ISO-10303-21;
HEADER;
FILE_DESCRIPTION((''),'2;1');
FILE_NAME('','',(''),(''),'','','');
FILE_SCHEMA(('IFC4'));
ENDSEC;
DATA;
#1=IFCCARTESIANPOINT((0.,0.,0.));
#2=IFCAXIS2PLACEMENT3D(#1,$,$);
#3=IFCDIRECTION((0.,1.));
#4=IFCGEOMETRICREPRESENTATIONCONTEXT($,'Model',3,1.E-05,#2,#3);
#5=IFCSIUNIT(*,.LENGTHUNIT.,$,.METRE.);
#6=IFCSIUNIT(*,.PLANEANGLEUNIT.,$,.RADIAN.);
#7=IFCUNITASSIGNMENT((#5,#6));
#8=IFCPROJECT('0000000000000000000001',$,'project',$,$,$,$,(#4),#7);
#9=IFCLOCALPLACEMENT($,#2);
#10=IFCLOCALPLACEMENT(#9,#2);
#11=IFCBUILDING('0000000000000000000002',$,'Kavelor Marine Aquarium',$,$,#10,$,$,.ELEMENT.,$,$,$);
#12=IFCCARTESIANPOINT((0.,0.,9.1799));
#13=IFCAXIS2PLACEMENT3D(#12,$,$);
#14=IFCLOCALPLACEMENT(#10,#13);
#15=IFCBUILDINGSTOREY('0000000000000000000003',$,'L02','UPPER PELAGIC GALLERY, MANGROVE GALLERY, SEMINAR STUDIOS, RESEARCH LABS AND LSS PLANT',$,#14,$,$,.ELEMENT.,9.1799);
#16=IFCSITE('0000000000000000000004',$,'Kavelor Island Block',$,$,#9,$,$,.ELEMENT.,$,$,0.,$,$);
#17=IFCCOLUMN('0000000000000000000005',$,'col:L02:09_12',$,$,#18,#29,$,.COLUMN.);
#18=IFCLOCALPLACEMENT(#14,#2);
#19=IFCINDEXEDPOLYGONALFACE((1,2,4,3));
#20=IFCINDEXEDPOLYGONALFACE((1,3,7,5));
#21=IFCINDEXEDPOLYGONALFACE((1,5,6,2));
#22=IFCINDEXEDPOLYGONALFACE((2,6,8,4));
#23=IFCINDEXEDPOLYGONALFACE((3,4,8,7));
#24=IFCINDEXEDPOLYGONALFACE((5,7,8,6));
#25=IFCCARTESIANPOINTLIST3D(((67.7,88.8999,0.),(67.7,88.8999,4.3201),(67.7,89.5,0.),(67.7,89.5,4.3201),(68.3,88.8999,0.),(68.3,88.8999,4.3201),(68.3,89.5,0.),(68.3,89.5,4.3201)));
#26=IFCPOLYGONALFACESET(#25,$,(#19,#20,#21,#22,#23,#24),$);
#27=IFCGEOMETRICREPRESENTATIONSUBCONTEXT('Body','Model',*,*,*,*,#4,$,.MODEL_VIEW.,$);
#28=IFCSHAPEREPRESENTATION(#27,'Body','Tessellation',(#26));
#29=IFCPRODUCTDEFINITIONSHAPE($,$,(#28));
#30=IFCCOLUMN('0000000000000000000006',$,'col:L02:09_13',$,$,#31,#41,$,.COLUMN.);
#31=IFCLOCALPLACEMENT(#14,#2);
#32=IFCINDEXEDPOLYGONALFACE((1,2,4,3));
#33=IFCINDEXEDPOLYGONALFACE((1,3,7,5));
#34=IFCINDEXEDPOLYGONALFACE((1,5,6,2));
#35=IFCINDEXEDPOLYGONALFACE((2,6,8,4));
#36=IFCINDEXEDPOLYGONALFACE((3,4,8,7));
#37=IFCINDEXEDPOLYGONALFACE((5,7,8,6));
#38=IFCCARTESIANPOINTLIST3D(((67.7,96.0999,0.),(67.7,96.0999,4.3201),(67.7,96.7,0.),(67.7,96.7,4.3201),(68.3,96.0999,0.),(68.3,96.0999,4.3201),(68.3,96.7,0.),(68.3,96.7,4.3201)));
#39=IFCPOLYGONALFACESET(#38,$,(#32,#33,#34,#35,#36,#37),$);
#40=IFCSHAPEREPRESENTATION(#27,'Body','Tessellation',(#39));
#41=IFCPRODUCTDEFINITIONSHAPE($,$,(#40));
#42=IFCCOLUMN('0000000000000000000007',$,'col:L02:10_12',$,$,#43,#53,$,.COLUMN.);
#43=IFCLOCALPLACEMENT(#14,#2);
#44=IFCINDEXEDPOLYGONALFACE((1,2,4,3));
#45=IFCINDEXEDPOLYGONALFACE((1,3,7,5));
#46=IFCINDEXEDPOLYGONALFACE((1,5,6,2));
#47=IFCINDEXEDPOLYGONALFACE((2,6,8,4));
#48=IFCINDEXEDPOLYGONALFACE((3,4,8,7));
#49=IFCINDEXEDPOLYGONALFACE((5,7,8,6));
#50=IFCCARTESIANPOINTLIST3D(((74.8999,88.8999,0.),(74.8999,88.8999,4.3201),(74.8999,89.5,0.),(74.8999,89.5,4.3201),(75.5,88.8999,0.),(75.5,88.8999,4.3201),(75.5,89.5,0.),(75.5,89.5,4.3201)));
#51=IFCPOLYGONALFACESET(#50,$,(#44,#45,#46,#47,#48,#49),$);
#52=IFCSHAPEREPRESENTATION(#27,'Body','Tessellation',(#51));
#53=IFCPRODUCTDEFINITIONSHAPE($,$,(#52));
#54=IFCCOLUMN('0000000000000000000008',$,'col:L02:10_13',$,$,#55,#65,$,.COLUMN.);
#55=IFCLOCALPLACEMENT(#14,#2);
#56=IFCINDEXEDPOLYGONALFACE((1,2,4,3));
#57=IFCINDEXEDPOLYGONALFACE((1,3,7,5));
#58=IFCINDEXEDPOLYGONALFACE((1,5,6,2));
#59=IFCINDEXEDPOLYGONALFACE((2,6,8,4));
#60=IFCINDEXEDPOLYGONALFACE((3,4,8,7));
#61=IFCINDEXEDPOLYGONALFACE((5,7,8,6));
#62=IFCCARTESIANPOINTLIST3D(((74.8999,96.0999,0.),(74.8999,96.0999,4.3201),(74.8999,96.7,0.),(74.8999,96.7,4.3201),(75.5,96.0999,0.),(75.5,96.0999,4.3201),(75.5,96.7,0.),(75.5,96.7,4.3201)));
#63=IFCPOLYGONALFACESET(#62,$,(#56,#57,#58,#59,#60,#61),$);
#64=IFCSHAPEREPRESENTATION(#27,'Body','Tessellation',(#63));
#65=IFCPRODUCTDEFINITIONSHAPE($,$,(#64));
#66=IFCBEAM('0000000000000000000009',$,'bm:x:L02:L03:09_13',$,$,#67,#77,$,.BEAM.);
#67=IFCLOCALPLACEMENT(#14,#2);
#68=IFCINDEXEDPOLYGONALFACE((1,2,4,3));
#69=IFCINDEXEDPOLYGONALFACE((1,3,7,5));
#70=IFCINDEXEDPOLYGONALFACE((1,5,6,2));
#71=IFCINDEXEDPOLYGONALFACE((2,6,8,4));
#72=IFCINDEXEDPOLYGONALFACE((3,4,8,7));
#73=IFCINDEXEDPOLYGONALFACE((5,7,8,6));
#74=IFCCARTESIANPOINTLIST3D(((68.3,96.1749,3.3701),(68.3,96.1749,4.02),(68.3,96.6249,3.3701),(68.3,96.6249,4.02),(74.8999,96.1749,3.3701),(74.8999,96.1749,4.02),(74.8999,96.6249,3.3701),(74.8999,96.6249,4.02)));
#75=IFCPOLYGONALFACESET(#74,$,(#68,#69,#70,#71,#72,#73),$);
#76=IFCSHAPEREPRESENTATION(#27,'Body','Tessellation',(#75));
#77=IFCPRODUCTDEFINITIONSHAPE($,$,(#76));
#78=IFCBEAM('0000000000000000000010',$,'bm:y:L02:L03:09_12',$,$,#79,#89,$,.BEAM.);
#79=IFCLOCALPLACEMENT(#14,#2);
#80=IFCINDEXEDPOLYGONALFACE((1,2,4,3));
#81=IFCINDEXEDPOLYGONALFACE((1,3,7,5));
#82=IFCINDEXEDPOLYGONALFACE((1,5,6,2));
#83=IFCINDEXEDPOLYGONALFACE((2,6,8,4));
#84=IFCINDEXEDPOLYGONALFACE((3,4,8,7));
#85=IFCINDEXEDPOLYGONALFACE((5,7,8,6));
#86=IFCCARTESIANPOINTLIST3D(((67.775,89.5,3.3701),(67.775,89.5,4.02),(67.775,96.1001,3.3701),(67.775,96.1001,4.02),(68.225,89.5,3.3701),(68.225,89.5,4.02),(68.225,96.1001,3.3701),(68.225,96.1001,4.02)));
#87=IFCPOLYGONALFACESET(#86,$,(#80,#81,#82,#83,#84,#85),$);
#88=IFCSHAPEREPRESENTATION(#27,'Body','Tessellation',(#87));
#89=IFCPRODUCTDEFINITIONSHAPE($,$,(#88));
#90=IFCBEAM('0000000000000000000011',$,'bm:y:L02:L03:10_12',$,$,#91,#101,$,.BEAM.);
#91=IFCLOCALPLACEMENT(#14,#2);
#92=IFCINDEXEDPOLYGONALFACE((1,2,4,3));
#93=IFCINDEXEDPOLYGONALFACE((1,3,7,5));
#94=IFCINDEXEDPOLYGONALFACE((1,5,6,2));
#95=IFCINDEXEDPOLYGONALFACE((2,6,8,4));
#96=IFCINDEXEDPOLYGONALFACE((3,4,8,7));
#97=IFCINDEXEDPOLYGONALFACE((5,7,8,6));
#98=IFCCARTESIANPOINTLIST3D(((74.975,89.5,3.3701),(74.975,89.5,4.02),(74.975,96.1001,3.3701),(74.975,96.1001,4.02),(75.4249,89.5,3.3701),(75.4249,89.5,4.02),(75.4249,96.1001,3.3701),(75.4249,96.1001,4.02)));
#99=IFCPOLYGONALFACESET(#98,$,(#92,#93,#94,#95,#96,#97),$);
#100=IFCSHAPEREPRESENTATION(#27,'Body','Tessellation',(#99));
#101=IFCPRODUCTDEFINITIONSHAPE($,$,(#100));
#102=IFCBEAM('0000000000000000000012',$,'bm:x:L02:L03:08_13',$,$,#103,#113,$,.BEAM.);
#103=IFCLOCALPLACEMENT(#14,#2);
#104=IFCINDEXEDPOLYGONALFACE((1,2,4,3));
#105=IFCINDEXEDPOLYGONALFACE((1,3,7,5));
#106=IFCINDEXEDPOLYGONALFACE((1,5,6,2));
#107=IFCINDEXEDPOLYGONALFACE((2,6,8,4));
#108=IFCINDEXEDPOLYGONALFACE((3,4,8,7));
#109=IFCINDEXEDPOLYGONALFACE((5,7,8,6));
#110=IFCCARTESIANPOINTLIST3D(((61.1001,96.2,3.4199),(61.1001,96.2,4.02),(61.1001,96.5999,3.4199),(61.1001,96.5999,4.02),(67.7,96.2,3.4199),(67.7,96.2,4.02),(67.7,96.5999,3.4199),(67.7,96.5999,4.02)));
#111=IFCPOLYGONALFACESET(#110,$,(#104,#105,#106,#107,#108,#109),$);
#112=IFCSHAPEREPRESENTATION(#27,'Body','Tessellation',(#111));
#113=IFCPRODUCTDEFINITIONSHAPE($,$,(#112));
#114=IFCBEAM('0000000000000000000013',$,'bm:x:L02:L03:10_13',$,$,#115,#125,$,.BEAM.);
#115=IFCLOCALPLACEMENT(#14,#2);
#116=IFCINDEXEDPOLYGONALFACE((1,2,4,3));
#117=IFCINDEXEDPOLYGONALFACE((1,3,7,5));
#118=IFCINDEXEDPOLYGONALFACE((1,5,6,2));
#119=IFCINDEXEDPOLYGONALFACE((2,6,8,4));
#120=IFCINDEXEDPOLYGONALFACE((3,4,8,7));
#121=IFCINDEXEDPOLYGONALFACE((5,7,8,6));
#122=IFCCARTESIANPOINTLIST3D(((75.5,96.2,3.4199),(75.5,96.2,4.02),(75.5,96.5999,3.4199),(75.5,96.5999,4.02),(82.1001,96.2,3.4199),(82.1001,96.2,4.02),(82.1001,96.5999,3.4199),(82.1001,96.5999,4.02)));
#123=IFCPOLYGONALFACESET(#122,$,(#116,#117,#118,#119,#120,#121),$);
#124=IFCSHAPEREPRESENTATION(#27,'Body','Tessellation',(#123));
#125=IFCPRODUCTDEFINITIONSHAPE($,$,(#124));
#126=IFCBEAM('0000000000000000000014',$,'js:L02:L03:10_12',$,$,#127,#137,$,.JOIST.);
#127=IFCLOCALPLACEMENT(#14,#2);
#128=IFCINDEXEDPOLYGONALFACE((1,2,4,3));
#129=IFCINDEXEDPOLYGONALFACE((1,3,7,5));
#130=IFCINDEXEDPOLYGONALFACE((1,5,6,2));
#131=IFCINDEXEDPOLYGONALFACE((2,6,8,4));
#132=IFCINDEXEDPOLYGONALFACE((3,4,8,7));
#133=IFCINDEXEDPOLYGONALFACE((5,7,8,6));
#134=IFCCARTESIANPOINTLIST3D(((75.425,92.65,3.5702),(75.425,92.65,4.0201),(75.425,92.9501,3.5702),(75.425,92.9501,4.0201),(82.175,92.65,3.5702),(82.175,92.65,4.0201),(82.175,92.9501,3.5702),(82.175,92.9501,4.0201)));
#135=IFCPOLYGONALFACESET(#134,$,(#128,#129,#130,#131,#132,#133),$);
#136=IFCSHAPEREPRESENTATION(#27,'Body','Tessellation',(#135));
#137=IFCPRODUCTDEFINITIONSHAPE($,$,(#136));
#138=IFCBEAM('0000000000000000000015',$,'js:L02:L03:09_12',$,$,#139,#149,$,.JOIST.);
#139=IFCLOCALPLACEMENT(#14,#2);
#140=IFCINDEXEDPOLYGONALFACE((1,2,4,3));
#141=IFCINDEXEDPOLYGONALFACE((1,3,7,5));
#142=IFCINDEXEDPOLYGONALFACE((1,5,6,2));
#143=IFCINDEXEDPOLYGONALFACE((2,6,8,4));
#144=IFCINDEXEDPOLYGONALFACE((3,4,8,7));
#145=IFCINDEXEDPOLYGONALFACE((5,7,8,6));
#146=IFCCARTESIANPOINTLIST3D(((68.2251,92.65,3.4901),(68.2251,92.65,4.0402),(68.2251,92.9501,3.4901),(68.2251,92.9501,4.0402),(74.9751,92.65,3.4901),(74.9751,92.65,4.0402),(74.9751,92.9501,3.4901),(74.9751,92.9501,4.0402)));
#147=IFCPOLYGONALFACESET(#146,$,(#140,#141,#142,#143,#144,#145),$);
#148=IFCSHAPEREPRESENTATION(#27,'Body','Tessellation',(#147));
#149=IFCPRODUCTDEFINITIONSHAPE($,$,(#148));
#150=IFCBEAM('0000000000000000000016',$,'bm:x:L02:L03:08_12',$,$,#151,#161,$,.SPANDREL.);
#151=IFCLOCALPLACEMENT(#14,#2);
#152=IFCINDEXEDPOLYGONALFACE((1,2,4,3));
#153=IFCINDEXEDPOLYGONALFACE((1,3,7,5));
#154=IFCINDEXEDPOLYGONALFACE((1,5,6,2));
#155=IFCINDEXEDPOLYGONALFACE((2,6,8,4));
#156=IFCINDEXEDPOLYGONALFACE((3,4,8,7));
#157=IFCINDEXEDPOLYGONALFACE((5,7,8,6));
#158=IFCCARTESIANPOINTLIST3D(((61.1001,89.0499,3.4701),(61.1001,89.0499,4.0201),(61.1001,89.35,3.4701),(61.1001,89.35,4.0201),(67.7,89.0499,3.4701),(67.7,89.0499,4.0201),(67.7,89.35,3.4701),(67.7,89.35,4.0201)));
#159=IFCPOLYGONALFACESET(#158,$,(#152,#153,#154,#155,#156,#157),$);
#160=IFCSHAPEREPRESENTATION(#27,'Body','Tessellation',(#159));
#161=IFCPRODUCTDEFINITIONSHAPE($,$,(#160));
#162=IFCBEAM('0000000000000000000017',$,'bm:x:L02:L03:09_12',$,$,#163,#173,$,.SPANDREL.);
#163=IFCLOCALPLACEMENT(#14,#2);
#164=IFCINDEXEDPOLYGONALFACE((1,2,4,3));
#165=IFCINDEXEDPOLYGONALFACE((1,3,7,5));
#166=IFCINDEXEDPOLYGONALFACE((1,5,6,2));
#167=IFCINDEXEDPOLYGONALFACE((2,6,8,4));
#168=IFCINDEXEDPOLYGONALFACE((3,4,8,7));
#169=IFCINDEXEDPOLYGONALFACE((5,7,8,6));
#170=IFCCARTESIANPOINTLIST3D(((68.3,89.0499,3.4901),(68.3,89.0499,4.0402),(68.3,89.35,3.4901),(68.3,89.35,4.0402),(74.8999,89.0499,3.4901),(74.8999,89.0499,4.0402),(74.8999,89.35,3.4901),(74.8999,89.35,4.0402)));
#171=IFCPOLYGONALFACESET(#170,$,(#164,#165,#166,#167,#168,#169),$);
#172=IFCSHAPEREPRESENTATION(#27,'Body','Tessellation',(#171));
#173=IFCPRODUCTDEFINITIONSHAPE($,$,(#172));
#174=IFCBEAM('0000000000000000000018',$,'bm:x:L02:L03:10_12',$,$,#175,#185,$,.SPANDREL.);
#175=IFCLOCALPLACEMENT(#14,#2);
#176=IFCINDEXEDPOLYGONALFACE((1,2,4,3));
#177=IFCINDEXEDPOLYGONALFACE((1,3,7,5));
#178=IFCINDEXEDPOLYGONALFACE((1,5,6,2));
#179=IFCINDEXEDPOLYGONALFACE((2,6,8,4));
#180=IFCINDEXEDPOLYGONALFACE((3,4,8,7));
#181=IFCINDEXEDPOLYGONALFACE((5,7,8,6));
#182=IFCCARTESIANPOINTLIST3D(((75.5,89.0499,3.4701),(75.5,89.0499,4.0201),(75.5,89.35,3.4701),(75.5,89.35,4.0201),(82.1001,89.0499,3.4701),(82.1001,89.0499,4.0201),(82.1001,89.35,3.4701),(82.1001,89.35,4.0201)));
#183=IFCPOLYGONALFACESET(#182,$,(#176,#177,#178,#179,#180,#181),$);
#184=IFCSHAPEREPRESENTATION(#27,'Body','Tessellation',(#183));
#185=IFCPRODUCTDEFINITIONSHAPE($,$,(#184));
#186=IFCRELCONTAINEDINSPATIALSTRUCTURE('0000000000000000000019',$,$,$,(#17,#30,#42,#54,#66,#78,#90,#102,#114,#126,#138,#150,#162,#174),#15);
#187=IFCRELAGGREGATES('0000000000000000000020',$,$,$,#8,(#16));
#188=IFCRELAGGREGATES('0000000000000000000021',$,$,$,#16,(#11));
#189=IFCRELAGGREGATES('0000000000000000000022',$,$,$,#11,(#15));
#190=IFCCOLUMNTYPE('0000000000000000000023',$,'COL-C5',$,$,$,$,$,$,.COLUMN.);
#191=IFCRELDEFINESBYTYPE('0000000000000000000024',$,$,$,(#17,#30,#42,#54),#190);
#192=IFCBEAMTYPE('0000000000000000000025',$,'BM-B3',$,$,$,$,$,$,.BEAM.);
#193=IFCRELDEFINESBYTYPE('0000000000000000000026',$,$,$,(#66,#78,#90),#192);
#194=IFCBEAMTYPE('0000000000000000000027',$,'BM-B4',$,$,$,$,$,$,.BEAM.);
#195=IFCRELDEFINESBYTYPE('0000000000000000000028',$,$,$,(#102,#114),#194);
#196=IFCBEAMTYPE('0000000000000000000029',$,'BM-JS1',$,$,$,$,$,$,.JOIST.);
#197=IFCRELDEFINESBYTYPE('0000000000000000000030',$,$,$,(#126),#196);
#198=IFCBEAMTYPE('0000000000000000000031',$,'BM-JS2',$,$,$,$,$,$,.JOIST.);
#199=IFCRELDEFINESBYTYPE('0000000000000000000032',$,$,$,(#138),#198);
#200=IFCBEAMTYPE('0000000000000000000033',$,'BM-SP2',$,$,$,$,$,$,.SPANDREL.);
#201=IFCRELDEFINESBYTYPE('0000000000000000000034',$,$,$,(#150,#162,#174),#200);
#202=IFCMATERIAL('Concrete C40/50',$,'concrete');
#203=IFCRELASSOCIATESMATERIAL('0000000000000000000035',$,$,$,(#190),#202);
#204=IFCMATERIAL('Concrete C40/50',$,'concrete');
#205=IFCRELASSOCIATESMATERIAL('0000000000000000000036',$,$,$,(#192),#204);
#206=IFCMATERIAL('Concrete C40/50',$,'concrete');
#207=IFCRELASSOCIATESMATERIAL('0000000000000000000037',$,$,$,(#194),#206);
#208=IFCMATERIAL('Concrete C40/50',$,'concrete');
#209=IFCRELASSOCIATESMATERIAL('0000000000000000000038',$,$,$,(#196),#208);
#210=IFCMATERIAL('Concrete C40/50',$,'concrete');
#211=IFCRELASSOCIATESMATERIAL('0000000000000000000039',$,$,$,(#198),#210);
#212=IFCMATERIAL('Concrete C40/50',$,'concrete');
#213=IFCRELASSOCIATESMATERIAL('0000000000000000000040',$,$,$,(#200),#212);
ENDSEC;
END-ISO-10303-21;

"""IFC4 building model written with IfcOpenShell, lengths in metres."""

from ifc_helpers import new_model, si_unit, direction, frame, origin, origin_2d, place, context, subcontext, project, spatial, rectangle, extrude, material, material_profile, profile_set, type_object, element, save


model = new_model("IFC4")

# Units and contexts
model_context = context("Model", 3, precision=1e-05, world=origin(), true_north=direction((0.0, 1.0)))
body_context = subcontext(model_context, "Body", "Model", "MODEL_VIEW")
ifc_project = project(units=[si_unit("LENGTHUNIT", "METRE"), si_unit("PLANEANGLEUNIT", "RADIAN")], contexts=[model_context])

# Site, building, storey
site_placement = place(None, origin())
site = spatial("IfcSite", under=ifc_project, at=site_placement, Name="Kavelor Island Block", CompositionType="ELEMENT", RefElevation=0.0)
building_placement = place(site_placement, origin())
building = spatial("IfcBuilding", under=site, at=building_placement, Name="Kavelor Marine Aquarium", CompositionType="ELEMENT")
storey_placement = place(building_placement, frame((0.0, 0.0, 9.1799)))
storey = spatial("IfcBuildingStorey", under=building, at=storey_placement, Name="L02", Description="UPPER PELAGIC GALLERY, MANGROVE GALLERY, SEMINAR STUDIOS, RESEARCH LABS AND LSS PLANT", CompositionType="ELEMENT", Elevation=9.1799)

# Columns
ifc_material_1 = material(Name="Concrete C40/50", Category="concrete")
ifc_material_profile_1 = material_profile(ifc_material_1, rectangle(XDim=0.6001, YDim=0.6001, at=origin_2d()), Name="RC-COL 600x600")
ifc_profile_set_1 = profile_set([ifc_material_profile_1], Name="Concrete C40/50")
column_type = type_object("IfcColumnType", Name="COL-C5", PredefinedType="COLUMN", material=ifc_profile_set_1)
for number, where, z_axis, x_axis, name in (
    (1, (68.0, 89.2, 0.0), (0.0, 0.0, 1.0), (1.0, 0.0, 0.0), "col:L02:09_12"),
    (2, (68.0, 96.3999, 0.0), (0.0, 0.0, 1.0), (1.0, 0.0, 0.0), "col:L02:09_13"),
    (3, (75.2, 89.2, 0.0), (0.0, 0.0, 1.0), (1.0, 0.0, 0.0), "col:L02:10_12"),
    (4, (75.2, 96.3999, 0.0), (0.0, 0.0, 1.0), (1.0, 0.0, 0.0), "col:L02:10_13"),
):
    element("IfcColumn", number, at=place(storey_placement, frame(where, z_axis=z_axis, x_axis=x_axis)), inside=storey, type_object=column_type, Name=name, PredefinedType="COLUMN", context=body_context, shape_type="SweptSolid", body=[
        extrude(rectangle(XDim=0.6001, YDim=0.6001, at=origin_2d()), origin(), (0.0, 0.0, 1.0), 4.3201),
    ])

# Beams
ifc_material_2 = material(Name="Concrete C40/50", Category="concrete")
ifc_material_profile_2 = material_profile(ifc_material_2, rectangle(XDim=0.45, YDim=0.6499, at=origin_2d()), Name="RC-BM 450x650")
ifc_profile_set_2 = profile_set([ifc_material_profile_2], Name="Concrete C40/50")
beam_type_1 = type_object("IfcBeamType", Name="BM-B3", PredefinedType="BEAM", material=ifc_profile_set_2)
beam_1_placement = place(storey_placement, frame((68.3, 96.3999, 3.6951), z_axis=(1.0, 0.0, 0.0), x_axis=(0.0, 1.0, 0.0)))
element("IfcBeam", 5, at=beam_1_placement, inside=storey, type_object=beam_type_1, Name="bm:x:L02:L03:09_13", PredefinedType="BEAM", context=body_context, shape_type="SweptSolid", body=[
    extrude(rectangle(XDim=0.45, YDim=0.6499, at=origin_2d()), origin(), (0.0, 0.0, 1.0), 6.5999),
])
for number, where, z_axis, x_axis, name in (
    (6, (68.0, 89.5, 3.6951), (0.0, 1.0, 0.0), (-1.0, 0.0, 0.0), "bm:y:L02:L03:09_12"),
    (7, (75.2, 89.5, 3.6951), (0.0, 1.0, 0.0), (-1.0, 0.0, 0.0), "bm:y:L02:L03:10_12"),
):
    element("IfcBeam", number, at=place(storey_placement, frame(where, z_axis=z_axis, x_axis=x_axis)), inside=storey, type_object=beam_type_1, Name=name, PredefinedType="BEAM", context=body_context, shape_type="SweptSolid", body=[
        extrude(rectangle(XDim=0.45, YDim=0.6499, at=origin_2d()), origin(), (0.0, 0.0, 1.0), 6.6001),
    ])
ifc_material_3 = material(Name="Concrete C40/50", Category="concrete")
ifc_material_profile_3 = material_profile(ifc_material_3, rectangle(XDim=0.3999, YDim=0.6001, at=origin_2d()), Name="RC-BM 400x600")
ifc_profile_set_3 = profile_set([ifc_material_profile_3], Name="Concrete C40/50")
beam_type_2 = type_object("IfcBeamType", Name="BM-B4", PredefinedType="BEAM", material=ifc_profile_set_3)
beam_2_placement = place(storey_placement, frame((61.1001, 96.3999, 3.72), z_axis=(1.0, 0.0, 0.0), x_axis=(0.0, 1.0, 0.0)))
element("IfcBeam", 8, at=beam_2_placement, inside=storey, type_object=beam_type_2, Name="bm:x:L02:L03:08_13", PredefinedType="BEAM", context=body_context, shape_type="SweptSolid", body=[
    extrude(rectangle(XDim=0.3999, YDim=0.6001, at=origin_2d()), origin(), (0.0, 0.0, 1.0), 6.5999),
])
beam_3_placement = place(storey_placement, frame((75.5, 96.3999, 3.72), z_axis=(1.0, 0.0, 0.0), x_axis=(0.0, 1.0, 0.0)))
element("IfcBeam", 9, at=beam_3_placement, inside=storey, type_object=beam_type_2, Name="bm:x:L02:L03:10_13", PredefinedType="BEAM", context=body_context, shape_type="SweptSolid", body=[
    extrude(rectangle(XDim=0.3999, YDim=0.6001, at=origin_2d()), origin(), (0.0, 0.0, 1.0), 6.6001),
])
ifc_material_4 = material(Name="Concrete C40/50", Category="concrete")
ifc_material_profile_4 = material_profile(ifc_material_4, rectangle(XDim=0.3, YDim=0.45, at=origin_2d()), Name="RC-JS 300x450")
ifc_profile_set_4 = profile_set([ifc_material_profile_4], Name="Concrete C40/50")
beam_type_3 = type_object("IfcBeamType", Name="BM-JS1", PredefinedType="JOIST", material=ifc_profile_set_4)
beam_4_placement = place(storey_placement, frame((75.425, 92.8, 3.7952), z_axis=(1.0, 0.0, 0.0), x_axis=(0.0, 1.0, 0.0)))
element("IfcBeam", 10, at=beam_4_placement, inside=storey, type_object=beam_type_3, Name="js:L02:L03:10_12", PredefinedType="JOIST", context=body_context, shape_type="SweptSolid", body=[
    extrude(rectangle(XDim=0.3, YDim=0.45, at=origin_2d()), origin(), (0.0, 0.0, 1.0), 6.75),
])
ifc_material_5 = material(Name="Concrete C40/50", Category="concrete")
ifc_material_profile_5 = material_profile(ifc_material_5, rectangle(XDim=0.3, YDim=0.55, at=origin_2d()), Name="RC-JS 300x550")
ifc_profile_set_5 = profile_set([ifc_material_profile_5], Name="Concrete C40/50")
beam_type_4 = type_object("IfcBeamType", Name="BM-JS2", PredefinedType="JOIST", material=ifc_profile_set_5)
beam_5_placement = place(storey_placement, frame((68.2251, 92.8, 3.7651), z_axis=(1.0, 0.0, 0.0), x_axis=(0.0, 1.0, 0.0)))
element("IfcBeam", 11, at=beam_5_placement, inside=storey, type_object=beam_type_4, Name="js:L02:L03:09_12", PredefinedType="JOIST", context=body_context, shape_type="SweptSolid", body=[
    extrude(rectangle(XDim=0.3, YDim=0.55, at=origin_2d()), origin(), (0.0, 0.0, 1.0), 6.75),
])
ifc_material_6 = material(Name="Concrete C40/50", Category="concrete")
ifc_material_profile_6 = material_profile(ifc_material_6, rectangle(XDim=0.3, YDim=0.55, at=origin_2d()), Name="RC-SP 300x550")
ifc_profile_set_6 = profile_set([ifc_material_profile_6], Name="Concrete C40/50")
beam_type_5 = type_object("IfcBeamType", Name="BM-SP2", PredefinedType="SPANDREL", material=ifc_profile_set_6)
for number, where, z_axis, x_axis, name in (
    (12, (61.1001, 89.2, 3.7451), (1.0, 0.0, 0.0), (0.0, 1.0, 0.0), "bm:x:L02:L03:08_12"),
    (13, (68.3, 89.2, 3.7651), (1.0, 0.0, 0.0), (0.0, 1.0, 0.0), "bm:x:L02:L03:09_12"),
):
    element("IfcBeam", number, at=place(storey_placement, frame(where, z_axis=z_axis, x_axis=x_axis)), inside=storey, type_object=beam_type_5, Name=name, PredefinedType="SPANDREL", context=body_context, shape_type="SweptSolid", body=[
        extrude(rectangle(XDim=0.3, YDim=0.55, at=origin_2d()), origin(), (0.0, 0.0, 1.0), 6.5999),
    ])
beam_6_placement = place(storey_placement, frame((75.5, 89.2, 3.7451), z_axis=(1.0, 0.0, 0.0), x_axis=(0.0, 1.0, 0.0)))
element("IfcBeam", 14, at=beam_6_placement, inside=storey, type_object=beam_type_5, Name="bm:x:L02:L03:10_12", PredefinedType="SPANDREL", context=body_context, shape_type="SweptSolid", body=[
    extrude(rectangle(XDim=0.3, YDim=0.55, at=origin_2d()), origin(), (0.0, 0.0, 1.0), 6.6001),
])

save(model, "model.ifc")
